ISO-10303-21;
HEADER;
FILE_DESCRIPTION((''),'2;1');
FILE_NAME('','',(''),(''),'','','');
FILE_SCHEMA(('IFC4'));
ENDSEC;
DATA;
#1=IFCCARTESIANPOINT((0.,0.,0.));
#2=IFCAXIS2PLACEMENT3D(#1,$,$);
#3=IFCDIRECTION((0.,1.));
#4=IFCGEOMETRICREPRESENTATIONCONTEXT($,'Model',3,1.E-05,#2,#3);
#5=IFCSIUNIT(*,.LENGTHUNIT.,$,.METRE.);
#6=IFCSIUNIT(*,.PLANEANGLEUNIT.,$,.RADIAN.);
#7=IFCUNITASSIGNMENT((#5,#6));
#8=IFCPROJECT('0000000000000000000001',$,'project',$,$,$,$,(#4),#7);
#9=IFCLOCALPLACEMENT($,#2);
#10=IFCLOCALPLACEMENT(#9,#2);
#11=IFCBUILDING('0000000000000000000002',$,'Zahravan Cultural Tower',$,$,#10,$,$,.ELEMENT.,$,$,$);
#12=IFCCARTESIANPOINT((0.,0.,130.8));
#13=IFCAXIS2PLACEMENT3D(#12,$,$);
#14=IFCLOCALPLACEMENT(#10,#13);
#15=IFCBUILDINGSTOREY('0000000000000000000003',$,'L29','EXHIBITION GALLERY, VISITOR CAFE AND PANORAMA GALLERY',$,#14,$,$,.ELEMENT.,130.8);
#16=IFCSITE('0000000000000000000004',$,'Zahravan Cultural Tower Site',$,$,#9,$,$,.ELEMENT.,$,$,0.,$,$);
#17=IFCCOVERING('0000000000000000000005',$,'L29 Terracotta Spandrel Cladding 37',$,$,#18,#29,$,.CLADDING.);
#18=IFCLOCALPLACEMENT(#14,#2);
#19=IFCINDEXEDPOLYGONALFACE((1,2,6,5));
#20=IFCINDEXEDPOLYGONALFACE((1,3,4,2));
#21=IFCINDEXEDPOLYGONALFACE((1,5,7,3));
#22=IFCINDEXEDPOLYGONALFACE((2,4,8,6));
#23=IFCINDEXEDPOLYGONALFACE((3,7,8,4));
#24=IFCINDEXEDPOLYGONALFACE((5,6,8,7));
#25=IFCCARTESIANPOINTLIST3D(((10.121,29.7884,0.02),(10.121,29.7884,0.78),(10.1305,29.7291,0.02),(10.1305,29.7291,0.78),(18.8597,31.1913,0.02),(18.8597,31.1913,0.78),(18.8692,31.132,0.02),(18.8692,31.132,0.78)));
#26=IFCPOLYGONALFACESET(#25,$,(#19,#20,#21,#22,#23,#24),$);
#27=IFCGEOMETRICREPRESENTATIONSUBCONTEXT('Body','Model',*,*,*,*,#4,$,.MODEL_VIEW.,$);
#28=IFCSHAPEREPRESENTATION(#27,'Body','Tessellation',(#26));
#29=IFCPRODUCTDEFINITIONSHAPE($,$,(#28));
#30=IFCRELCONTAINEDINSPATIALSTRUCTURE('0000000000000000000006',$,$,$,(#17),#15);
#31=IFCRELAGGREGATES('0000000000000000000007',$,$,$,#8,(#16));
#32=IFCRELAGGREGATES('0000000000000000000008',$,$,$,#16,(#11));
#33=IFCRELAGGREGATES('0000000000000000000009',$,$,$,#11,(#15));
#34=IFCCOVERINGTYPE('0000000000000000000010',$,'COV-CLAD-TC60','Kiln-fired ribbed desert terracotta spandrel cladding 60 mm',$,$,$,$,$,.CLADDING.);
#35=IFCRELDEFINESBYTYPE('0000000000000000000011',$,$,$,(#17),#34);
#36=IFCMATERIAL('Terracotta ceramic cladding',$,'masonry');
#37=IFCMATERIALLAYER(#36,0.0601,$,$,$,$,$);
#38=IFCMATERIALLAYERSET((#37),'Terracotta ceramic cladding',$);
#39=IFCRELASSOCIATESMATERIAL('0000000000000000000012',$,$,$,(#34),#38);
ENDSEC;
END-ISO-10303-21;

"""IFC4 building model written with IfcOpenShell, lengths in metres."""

from ifc_helpers import new_model, si_unit, direction, frame, origin, origin_2d, place, context, subcontext, project, spatial, rectangle, extrude, source, transform, mapped, material, layer, layer_set, type_object, element, save


model = new_model("IFC4")

# Units and contexts
model_context = context("Model", 3, precision=1e-05, world=origin(), true_north=direction((0.0, 1.0)))
body_context = subcontext(model_context, "Body", "Model", "MODEL_VIEW")
ifc_project = project(units=[si_unit("LENGTHUNIT", "METRE"), si_unit("PLANEANGLEUNIT", "RADIAN")], contexts=[model_context])

# Site, building, storey
site_placement = place(None, origin())
site = spatial("IfcSite", under=ifc_project, at=site_placement, Name="Zahravan Cultural Tower Site", CompositionType="ELEMENT", RefElevation=0.0)
building_placement = place(site_placement, origin())
building = spatial("IfcBuilding", under=site, at=building_placement, Name="Zahravan Cultural Tower", CompositionType="ELEMENT")
storey_placement = place(building_placement, frame((0.0, 0.0, 130.8)))
storey = spatial("IfcBuildingStorey", under=building, at=storey_placement, Name="L29", Description="EXHIBITION GALLERY, VISITOR CAFE AND PANORAMA GALLERY", CompositionType="ELEMENT", Elevation=130.8)

# Covering
ifc_material_1 = material(Name="Terracotta ceramic cladding", Category="masonry")
ifc_layer_1 = layer(ifc_material_1, 0.0601)
ifc_layer_set_1 = layer_set([ifc_layer_1], Name="Terracotta ceramic cladding")
covering_type = type_object("IfcCoveringType", Name="COV-CLAD-TC60", Description="Kiln-fired ribbed desert terracotta spandrel cladding 60 mm", PredefinedType="CLADDING", material=ifc_layer_set_1)
shared_shape_1 = source(origin(), body_context, "Body", "SweptSolid", [
    extrude(rectangle(XDim=8.8506, YDim=0.0601, at=origin_2d()), origin(), (0.0, 0.0, 1.0), 0.76),
])
covering_placement = place(storey_placement, frame((14.4951, 30.4602, 0.02), z_axis=(0.0, 0.0, 1.0), x_axis=(0.987359, 0.158503, 0.0)))
element("IfcCovering", 1, at=covering_placement, inside=storey, type_object=covering_type, Name="L29 Terracotta Spandrel Cladding 37", PredefinedType="CLADDING", context=body_context, shape_type="MappedRepresentation", body=[
    mapped(shared_shape_1, transform((0.0, 0.0, 0.0), x_axis=(1.0, 0.0, 0.0), y_axis=(0.0, 1.0, 0.0), z_axis=(0.0, 0.0, 1.0), scale=1.0)),
])

save(model, "model.ifc")
